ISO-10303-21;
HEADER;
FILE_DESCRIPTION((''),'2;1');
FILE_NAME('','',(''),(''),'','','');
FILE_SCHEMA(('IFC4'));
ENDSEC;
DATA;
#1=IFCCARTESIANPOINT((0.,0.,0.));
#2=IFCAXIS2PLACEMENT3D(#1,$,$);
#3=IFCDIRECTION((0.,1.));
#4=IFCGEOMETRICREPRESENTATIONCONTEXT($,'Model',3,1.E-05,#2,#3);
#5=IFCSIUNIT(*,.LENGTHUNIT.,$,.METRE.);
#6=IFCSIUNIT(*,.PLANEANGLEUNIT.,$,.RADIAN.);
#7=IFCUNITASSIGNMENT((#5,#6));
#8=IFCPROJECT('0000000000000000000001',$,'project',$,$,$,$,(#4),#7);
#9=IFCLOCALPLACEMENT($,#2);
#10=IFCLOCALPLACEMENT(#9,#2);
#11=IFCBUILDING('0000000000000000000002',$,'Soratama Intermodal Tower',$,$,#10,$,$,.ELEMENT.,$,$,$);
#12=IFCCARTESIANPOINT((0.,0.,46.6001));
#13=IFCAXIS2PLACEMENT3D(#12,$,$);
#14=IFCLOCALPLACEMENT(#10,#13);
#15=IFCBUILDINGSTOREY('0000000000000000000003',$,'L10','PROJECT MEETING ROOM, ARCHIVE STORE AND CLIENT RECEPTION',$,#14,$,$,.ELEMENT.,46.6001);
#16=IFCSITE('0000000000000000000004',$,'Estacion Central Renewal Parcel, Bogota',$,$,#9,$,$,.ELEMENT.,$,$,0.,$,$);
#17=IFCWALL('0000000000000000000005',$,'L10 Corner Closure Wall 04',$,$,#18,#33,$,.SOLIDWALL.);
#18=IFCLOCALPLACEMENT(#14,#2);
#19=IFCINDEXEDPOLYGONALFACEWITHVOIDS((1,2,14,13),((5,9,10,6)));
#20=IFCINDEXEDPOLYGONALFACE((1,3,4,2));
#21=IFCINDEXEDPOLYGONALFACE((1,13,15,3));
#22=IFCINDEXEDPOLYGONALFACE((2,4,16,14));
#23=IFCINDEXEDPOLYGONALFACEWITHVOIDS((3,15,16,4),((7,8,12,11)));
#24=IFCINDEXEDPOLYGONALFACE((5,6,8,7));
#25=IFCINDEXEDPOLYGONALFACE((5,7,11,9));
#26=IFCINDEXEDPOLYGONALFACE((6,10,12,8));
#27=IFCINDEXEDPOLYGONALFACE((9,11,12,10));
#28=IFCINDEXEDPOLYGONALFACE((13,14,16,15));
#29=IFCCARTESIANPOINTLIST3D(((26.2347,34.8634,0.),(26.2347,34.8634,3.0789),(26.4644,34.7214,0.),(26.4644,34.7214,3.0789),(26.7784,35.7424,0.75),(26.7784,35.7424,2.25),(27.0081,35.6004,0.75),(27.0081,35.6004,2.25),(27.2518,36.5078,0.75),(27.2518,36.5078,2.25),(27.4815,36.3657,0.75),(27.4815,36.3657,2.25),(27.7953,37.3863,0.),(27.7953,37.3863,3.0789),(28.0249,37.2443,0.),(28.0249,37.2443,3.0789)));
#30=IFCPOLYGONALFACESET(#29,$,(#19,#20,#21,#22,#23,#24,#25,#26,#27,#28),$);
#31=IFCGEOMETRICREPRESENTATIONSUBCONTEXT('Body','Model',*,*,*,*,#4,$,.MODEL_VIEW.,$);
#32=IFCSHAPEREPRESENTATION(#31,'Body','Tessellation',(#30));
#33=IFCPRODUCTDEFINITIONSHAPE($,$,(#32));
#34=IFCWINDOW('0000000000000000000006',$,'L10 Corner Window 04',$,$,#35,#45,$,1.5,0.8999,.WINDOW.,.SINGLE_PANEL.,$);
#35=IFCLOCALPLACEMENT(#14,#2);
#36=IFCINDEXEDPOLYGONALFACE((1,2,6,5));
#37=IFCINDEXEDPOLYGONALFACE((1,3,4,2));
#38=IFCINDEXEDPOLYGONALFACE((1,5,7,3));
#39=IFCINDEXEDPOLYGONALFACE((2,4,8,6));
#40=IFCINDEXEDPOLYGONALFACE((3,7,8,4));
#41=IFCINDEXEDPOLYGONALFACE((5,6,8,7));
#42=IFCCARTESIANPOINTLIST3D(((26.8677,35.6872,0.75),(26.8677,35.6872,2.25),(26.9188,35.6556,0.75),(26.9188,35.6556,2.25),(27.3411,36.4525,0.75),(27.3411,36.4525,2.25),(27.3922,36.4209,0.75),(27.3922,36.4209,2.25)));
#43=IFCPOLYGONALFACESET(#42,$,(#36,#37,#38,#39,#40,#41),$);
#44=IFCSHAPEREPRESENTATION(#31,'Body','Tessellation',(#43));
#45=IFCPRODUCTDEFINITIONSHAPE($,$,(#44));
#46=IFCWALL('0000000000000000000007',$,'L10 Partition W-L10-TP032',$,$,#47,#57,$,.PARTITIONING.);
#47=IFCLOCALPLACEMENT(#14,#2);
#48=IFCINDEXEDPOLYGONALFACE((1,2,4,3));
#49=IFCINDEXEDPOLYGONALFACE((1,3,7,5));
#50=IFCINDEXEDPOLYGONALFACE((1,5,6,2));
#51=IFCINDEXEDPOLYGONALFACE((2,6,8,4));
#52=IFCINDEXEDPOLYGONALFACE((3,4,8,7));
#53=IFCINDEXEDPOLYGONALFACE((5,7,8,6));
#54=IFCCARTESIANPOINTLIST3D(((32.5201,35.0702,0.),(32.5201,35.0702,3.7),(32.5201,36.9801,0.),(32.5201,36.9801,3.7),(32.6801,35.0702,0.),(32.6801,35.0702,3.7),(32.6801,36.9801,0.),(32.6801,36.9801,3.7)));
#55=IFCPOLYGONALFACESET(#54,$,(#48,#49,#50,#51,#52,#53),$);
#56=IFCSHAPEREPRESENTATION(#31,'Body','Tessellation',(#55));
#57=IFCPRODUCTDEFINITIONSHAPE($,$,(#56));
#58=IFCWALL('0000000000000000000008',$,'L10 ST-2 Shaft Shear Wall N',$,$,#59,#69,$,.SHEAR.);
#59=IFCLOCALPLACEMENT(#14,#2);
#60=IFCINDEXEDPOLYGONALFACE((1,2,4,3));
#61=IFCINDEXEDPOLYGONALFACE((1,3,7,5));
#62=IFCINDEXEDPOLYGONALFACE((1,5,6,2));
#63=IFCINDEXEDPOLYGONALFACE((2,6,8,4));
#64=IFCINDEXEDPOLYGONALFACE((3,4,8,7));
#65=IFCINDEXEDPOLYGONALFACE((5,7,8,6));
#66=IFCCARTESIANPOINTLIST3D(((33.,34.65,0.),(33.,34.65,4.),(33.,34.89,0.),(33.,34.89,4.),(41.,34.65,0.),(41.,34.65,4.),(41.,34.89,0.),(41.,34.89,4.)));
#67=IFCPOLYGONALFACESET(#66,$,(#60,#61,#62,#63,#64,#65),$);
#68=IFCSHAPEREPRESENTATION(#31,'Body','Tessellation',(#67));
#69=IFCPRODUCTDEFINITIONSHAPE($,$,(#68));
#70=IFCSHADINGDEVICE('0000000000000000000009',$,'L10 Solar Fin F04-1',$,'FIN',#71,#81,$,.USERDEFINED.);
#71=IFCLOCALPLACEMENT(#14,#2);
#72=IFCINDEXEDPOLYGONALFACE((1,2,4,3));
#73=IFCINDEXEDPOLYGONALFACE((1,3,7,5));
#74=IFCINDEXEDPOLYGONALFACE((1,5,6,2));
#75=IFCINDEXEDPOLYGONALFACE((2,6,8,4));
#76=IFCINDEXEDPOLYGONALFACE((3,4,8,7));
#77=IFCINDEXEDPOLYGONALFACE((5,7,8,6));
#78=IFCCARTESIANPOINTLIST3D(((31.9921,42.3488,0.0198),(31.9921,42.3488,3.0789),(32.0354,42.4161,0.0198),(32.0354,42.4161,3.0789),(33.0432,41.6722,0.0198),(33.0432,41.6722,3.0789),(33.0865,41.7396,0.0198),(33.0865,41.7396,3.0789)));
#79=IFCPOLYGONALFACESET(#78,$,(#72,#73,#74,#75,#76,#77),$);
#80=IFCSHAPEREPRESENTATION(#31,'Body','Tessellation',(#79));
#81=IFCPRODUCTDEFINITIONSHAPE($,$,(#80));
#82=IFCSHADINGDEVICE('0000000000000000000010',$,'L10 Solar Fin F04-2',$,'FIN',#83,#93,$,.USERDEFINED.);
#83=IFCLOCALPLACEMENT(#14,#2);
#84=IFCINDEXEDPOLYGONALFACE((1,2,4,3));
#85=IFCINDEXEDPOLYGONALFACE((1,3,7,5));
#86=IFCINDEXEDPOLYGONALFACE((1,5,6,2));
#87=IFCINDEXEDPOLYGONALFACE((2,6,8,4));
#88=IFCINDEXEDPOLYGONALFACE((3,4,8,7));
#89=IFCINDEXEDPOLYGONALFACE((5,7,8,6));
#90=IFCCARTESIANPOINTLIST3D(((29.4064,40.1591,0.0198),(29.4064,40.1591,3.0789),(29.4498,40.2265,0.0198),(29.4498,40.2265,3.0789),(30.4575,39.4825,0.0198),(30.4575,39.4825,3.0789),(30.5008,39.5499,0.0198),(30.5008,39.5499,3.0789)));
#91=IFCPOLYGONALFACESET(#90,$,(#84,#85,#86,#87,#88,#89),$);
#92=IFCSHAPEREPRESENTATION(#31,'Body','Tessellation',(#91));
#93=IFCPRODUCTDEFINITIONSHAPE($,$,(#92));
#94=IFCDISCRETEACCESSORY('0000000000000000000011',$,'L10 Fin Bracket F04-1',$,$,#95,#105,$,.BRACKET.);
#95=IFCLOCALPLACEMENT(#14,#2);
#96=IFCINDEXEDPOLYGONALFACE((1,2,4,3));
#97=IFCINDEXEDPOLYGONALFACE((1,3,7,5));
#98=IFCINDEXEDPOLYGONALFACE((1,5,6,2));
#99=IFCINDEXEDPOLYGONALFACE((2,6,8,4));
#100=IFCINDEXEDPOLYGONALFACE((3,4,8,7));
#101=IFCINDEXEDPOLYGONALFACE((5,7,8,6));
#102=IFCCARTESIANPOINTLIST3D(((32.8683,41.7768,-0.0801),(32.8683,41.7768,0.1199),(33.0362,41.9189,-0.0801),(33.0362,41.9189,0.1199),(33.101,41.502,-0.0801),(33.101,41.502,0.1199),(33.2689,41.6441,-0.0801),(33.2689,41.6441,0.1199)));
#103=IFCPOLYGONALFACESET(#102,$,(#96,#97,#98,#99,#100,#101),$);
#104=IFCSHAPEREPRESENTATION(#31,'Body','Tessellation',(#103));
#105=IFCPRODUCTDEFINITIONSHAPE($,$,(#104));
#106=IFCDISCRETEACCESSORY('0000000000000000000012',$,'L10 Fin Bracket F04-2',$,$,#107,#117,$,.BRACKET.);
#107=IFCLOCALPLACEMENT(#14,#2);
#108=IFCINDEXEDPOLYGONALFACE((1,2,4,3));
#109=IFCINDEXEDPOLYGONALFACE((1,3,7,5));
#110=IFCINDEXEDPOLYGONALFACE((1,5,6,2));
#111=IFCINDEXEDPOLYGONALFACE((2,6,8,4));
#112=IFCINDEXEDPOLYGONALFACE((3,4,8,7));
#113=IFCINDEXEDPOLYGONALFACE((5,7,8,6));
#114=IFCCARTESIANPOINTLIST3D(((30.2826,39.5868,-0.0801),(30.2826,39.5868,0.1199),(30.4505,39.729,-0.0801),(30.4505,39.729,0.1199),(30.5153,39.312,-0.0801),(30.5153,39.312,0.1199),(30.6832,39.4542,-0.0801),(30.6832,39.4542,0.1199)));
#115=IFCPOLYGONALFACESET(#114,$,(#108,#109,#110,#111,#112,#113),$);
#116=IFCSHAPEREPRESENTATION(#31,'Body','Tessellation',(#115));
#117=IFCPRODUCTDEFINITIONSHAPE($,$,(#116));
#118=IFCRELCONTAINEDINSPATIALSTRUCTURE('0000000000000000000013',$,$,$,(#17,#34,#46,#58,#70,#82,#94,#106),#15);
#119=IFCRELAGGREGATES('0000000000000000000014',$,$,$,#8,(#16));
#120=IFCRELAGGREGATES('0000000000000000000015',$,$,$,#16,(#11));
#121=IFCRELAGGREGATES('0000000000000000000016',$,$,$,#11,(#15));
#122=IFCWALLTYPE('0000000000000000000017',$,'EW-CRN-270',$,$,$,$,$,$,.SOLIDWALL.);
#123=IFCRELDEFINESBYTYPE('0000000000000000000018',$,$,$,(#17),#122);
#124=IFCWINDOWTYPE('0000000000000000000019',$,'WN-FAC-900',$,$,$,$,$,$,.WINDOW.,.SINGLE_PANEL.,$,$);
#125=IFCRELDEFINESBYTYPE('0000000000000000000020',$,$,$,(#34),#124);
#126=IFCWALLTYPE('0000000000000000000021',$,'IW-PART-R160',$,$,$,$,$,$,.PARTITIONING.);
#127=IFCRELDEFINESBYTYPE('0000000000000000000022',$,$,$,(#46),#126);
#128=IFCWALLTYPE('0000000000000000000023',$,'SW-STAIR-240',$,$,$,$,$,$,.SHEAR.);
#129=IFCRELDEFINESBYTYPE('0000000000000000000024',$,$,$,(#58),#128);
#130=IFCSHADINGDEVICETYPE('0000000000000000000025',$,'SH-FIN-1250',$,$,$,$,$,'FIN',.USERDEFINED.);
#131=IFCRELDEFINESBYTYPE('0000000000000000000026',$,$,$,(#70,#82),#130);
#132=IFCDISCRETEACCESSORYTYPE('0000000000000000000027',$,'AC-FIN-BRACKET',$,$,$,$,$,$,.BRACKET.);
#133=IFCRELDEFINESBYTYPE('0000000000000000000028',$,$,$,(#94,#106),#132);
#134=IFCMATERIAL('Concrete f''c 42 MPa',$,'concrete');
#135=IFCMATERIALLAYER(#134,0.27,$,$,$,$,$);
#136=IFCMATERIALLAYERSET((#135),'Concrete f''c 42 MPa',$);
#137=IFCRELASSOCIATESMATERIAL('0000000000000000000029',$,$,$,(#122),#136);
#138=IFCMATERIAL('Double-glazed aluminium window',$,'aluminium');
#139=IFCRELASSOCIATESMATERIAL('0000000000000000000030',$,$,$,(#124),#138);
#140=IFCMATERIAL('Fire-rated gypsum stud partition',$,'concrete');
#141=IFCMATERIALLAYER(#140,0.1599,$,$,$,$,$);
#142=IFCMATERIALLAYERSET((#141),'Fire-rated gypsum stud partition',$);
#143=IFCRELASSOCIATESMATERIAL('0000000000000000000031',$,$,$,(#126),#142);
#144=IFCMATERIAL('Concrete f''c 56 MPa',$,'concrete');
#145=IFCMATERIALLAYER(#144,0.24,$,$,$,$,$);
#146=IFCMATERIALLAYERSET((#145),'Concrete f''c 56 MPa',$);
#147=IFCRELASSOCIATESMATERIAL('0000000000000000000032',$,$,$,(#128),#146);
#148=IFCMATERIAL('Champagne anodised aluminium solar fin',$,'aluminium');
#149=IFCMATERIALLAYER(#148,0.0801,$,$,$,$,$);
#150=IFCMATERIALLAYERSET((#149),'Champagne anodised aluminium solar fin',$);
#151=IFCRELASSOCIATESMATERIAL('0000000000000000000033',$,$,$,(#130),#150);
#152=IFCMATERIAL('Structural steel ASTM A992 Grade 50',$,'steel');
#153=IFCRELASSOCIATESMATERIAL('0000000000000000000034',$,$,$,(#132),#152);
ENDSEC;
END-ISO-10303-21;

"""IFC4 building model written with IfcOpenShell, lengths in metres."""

from ifc_helpers import new_model, si_unit, direction, frame, frame_2d, origin, origin_2d, place, context, subcontext, project, spatial, rectangle, extrude, material, layer, layer_set, type_object, element, fill, save


model = new_model("IFC4")

# Units and contexts
model_context = context("Model", 3, precision=1e-05, world=origin(), true_north=direction((0.0, 1.0)))
body_context = subcontext(model_context, "Body", "Model", "MODEL_VIEW")
ifc_project = project(units=[si_unit("LENGTHUNIT", "METRE"), si_unit("PLANEANGLEUNIT", "RADIAN")], contexts=[model_context])

# Site, building, storey
site_placement = place(None, origin())
site = spatial("IfcSite", under=ifc_project, at=site_placement, Name="Estacion Central Renewal Parcel, Bogota", CompositionType="ELEMENT", RefElevation=0.0)
building_placement = place(site_placement, origin())
building = spatial("IfcBuilding", under=site, at=building_placement, Name="Soratama Intermodal Tower", CompositionType="ELEMENT")
storey_placement = place(building_placement, frame((0.0, 0.0, 46.6001)))
storey = spatial("IfcBuildingStorey", under=building, at=storey_placement, Name="L10", Description="PROJECT MEETING ROOM, ARCHIVE STORE AND CLIENT RECEPTION", CompositionType="ELEMENT", Elevation=46.6001)

# Wall, opening, window
ifc_material_1 = material(Name="Concrete f'c 42 MPa", Category="concrete")
ifc_layer_1 = layer(ifc_material_1, 0.27)
ifc_layer_set_1 = layer_set([ifc_layer_1], Name="Concrete f'c 42 MPa")
wall_type_1 = type_object("IfcWallType", Name="EW-CRN-270", PredefinedType="SOLIDWALL", material=ifc_layer_set_1)
wall_1_placement = place(storey_placement, frame((27.9102, 37.3154, 0.0), z_axis=(0.0, 0.0, 1.0), x_axis=(-0.526043, -0.850458, 0.0)))
wall_1 = element("IfcWall", 1, at=wall_1_placement, inside=storey, type_object=wall_type_1, Name="L10 Corner Closure Wall 04", PredefinedType="SOLIDWALL", context=body_context, shape_type="SweptSolid", body=[
    extrude(rectangle(XDim=2.9666, YDim=0.27, at=frame_2d((1.4834, 0.0))), origin(), (0.0, 0.0, 1.0), 3.0789),
])
opening_1_placement = place(wall_1_placement, frame((1.0332, 0.0, 0.75)))
opening_1 = element("IfcOpeningElement", 2, at=opening_1_placement, cuts=wall_1, PredefinedType="OPENING", context=body_context, shape_type="SweptSolid", body=[
    extrude(rectangle(XDim=0.8999, YDim=1.5, at=frame_2d((0.45, 0.75))), frame((0.0, 0.145, 0.0), z_axis=(0.0, -1.0, 0.0), x_axis=(1.0, 0.0, 0.0)), (0.0, 0.0, 1.0), 0.29),
])
ifc_material_2 = material(Name="Double-glazed aluminium window", Category="aluminium")
window_type_1 = type_object("IfcWindowType", Name="WN-FAC-900", PartitioningType="SINGLE_PANEL", PredefinedType="WINDOW", material=ifc_material_2)
window_1_placement = place(opening_1_placement, origin())
window_1 = element("IfcWindow", 3, at=window_1_placement, inside=storey, type_object=window_type_1, Name="L10 Corner Window 04", OverallHeight=1.5, OverallWidth=0.8999, PartitioningType="SINGLE_PANEL", PredefinedType="WINDOW", context=body_context, shape_type="SweptSolid", body=[
    extrude(rectangle(XDim=0.8999, YDim=1.5, at=frame_2d((0.45, 0.75))), frame((0.0, 0.03, 0.0), z_axis=(0.0, -1.0, 0.0), x_axis=(1.0, 0.0, 0.0)), (0.0, 0.0, 1.0), 0.0601),
])
fill(opening_1, window_1)

# Shared definitions
ifc_material_3 = material(Name="Fire-rated gypsum stud partition", Category="concrete")
ifc_layer_2 = layer(ifc_material_3, 0.1599)
ifc_layer_set_2 = layer_set([ifc_layer_2], Name="Fire-rated gypsum stud partition")
wall_type_2 = type_object("IfcWallType", Name="IW-PART-R160", PredefinedType="PARTITIONING", material=ifc_layer_set_2)

# Walls
wall_2_placement = place(storey_placement, frame((32.6001, 35.0701, 0.0), z_axis=(0.0, 0.0, 1.0), x_axis=(0.0, 1.0, 0.0)))
element("IfcWall", 4, at=wall_2_placement, inside=storey, type_object=wall_type_2, Name="L10 Partition W-L10-TP032", PredefinedType="PARTITIONING", context=body_context, shape_type="SweptSolid", body=[
    extrude(rectangle(XDim=1.9099, YDim=0.1599, at=frame_2d((0.9551, 0.0))), origin(), (0.0, 0.0, 1.0), 3.7),
])
ifc_material_4 = material(Name="Concrete f'c 56 MPa", Category="concrete")
ifc_layer_3 = layer(ifc_material_4, 0.24)
ifc_layer_set_3 = layer_set([ifc_layer_3], Name="Concrete f'c 56 MPa")
wall_type_3 = type_object("IfcWallType", Name="SW-STAIR-240", PredefinedType="SHEAR", material=ifc_layer_set_3)
wall_3_placement = place(storey_placement, frame((33.0, 34.77, 0.0), z_axis=(0.0, 0.0, 1.0), x_axis=(1.0, 0.0, 0.0)))
element("IfcWall", 5, at=wall_3_placement, inside=storey, type_object=wall_type_3, Name="L10 ST-2 Shaft Shear Wall N", PredefinedType="SHEAR", context=body_context, shape_type="SweptSolid", body=[
    extrude(rectangle(XDim=8.0, YDim=0.24, at=frame_2d((4.0, 0.0))), origin(), (0.0, 0.0, 1.0), 4.0),
])

# Shading devices
ifc_material_5 = material(Name="Champagne anodised aluminium solar fin", Category="aluminium")
ifc_layer_4 = layer(ifc_material_5, 0.0801)
ifc_layer_set_4 = layer_set([ifc_layer_4], Name="Champagne anodised aluminium solar fin")
shading_device_type = type_object("IfcShadingDeviceType", Name="SH-FIN-1250", ElementType="FIN", PredefinedType="USERDEFINED", material=ifc_layer_set_4)
for number, where, z_axis, x_axis, name in (
    (6, (32.5393, 42.0442, 0.0198), (0.0, 0.0, 1.0), (-0.84085, 0.541268, 0.0), "L10 Solar Fin F04-1"),
    (7, (29.9536, 39.8545, 0.0198), (0.0, 0.0, 1.0), (-0.84085, 0.541268, 0.0), "L10 Solar Fin F04-2"),
):
    element("IfcShadingDevice", number, at=place(storey_placement, frame(where, z_axis=z_axis, x_axis=x_axis)), inside=storey, type_object=shading_device_type, Name=name, ObjectType="FIN", PredefinedType="USERDEFINED", context=body_context, shape_type="SweptSolid", body=[
        extrude(rectangle(XDim=1.25, YDim=0.0801, at=origin_2d()), origin(), (0.0, 0.0, 1.0), 3.0591),
    ])

# Discrete accessories
ifc_material_6 = material(Name="Structural steel ASTM A992 Grade 50", Category="steel")
discrete_accessory_type = type_object("IfcDiscreteAccessoryType", Name="AC-FIN-BRACKET", PredefinedType="BRACKET", material=ifc_material_6)
for number, where, z_axis, x_axis, name in (
    (8, (33.0686, 41.7104, -0.0801), (0.0, 0.0, 1.0), (-0.646257, 0.76312, 0.0), "L10 Fin Bracket F04-1"),
    (9, (30.4829, 39.5205, -0.0801), (0.0, 0.0, 1.0), (-0.646257, 0.76312, 0.0), "L10 Fin Bracket F04-2"),
):
    element("IfcDiscreteAccessory", number, at=place(storey_placement, frame(where, z_axis=z_axis, x_axis=x_axis)), inside=storey, type_object=discrete_accessory_type, Name=name, PredefinedType="BRACKET", context=body_context, shape_type="SweptSolid", body=[
        extrude(rectangle(XDim=0.3601, YDim=0.22, at=origin_2d()), origin(), (0.0, 0.0, 1.0), 0.2),
    ])

save(model, "model.ifc")
